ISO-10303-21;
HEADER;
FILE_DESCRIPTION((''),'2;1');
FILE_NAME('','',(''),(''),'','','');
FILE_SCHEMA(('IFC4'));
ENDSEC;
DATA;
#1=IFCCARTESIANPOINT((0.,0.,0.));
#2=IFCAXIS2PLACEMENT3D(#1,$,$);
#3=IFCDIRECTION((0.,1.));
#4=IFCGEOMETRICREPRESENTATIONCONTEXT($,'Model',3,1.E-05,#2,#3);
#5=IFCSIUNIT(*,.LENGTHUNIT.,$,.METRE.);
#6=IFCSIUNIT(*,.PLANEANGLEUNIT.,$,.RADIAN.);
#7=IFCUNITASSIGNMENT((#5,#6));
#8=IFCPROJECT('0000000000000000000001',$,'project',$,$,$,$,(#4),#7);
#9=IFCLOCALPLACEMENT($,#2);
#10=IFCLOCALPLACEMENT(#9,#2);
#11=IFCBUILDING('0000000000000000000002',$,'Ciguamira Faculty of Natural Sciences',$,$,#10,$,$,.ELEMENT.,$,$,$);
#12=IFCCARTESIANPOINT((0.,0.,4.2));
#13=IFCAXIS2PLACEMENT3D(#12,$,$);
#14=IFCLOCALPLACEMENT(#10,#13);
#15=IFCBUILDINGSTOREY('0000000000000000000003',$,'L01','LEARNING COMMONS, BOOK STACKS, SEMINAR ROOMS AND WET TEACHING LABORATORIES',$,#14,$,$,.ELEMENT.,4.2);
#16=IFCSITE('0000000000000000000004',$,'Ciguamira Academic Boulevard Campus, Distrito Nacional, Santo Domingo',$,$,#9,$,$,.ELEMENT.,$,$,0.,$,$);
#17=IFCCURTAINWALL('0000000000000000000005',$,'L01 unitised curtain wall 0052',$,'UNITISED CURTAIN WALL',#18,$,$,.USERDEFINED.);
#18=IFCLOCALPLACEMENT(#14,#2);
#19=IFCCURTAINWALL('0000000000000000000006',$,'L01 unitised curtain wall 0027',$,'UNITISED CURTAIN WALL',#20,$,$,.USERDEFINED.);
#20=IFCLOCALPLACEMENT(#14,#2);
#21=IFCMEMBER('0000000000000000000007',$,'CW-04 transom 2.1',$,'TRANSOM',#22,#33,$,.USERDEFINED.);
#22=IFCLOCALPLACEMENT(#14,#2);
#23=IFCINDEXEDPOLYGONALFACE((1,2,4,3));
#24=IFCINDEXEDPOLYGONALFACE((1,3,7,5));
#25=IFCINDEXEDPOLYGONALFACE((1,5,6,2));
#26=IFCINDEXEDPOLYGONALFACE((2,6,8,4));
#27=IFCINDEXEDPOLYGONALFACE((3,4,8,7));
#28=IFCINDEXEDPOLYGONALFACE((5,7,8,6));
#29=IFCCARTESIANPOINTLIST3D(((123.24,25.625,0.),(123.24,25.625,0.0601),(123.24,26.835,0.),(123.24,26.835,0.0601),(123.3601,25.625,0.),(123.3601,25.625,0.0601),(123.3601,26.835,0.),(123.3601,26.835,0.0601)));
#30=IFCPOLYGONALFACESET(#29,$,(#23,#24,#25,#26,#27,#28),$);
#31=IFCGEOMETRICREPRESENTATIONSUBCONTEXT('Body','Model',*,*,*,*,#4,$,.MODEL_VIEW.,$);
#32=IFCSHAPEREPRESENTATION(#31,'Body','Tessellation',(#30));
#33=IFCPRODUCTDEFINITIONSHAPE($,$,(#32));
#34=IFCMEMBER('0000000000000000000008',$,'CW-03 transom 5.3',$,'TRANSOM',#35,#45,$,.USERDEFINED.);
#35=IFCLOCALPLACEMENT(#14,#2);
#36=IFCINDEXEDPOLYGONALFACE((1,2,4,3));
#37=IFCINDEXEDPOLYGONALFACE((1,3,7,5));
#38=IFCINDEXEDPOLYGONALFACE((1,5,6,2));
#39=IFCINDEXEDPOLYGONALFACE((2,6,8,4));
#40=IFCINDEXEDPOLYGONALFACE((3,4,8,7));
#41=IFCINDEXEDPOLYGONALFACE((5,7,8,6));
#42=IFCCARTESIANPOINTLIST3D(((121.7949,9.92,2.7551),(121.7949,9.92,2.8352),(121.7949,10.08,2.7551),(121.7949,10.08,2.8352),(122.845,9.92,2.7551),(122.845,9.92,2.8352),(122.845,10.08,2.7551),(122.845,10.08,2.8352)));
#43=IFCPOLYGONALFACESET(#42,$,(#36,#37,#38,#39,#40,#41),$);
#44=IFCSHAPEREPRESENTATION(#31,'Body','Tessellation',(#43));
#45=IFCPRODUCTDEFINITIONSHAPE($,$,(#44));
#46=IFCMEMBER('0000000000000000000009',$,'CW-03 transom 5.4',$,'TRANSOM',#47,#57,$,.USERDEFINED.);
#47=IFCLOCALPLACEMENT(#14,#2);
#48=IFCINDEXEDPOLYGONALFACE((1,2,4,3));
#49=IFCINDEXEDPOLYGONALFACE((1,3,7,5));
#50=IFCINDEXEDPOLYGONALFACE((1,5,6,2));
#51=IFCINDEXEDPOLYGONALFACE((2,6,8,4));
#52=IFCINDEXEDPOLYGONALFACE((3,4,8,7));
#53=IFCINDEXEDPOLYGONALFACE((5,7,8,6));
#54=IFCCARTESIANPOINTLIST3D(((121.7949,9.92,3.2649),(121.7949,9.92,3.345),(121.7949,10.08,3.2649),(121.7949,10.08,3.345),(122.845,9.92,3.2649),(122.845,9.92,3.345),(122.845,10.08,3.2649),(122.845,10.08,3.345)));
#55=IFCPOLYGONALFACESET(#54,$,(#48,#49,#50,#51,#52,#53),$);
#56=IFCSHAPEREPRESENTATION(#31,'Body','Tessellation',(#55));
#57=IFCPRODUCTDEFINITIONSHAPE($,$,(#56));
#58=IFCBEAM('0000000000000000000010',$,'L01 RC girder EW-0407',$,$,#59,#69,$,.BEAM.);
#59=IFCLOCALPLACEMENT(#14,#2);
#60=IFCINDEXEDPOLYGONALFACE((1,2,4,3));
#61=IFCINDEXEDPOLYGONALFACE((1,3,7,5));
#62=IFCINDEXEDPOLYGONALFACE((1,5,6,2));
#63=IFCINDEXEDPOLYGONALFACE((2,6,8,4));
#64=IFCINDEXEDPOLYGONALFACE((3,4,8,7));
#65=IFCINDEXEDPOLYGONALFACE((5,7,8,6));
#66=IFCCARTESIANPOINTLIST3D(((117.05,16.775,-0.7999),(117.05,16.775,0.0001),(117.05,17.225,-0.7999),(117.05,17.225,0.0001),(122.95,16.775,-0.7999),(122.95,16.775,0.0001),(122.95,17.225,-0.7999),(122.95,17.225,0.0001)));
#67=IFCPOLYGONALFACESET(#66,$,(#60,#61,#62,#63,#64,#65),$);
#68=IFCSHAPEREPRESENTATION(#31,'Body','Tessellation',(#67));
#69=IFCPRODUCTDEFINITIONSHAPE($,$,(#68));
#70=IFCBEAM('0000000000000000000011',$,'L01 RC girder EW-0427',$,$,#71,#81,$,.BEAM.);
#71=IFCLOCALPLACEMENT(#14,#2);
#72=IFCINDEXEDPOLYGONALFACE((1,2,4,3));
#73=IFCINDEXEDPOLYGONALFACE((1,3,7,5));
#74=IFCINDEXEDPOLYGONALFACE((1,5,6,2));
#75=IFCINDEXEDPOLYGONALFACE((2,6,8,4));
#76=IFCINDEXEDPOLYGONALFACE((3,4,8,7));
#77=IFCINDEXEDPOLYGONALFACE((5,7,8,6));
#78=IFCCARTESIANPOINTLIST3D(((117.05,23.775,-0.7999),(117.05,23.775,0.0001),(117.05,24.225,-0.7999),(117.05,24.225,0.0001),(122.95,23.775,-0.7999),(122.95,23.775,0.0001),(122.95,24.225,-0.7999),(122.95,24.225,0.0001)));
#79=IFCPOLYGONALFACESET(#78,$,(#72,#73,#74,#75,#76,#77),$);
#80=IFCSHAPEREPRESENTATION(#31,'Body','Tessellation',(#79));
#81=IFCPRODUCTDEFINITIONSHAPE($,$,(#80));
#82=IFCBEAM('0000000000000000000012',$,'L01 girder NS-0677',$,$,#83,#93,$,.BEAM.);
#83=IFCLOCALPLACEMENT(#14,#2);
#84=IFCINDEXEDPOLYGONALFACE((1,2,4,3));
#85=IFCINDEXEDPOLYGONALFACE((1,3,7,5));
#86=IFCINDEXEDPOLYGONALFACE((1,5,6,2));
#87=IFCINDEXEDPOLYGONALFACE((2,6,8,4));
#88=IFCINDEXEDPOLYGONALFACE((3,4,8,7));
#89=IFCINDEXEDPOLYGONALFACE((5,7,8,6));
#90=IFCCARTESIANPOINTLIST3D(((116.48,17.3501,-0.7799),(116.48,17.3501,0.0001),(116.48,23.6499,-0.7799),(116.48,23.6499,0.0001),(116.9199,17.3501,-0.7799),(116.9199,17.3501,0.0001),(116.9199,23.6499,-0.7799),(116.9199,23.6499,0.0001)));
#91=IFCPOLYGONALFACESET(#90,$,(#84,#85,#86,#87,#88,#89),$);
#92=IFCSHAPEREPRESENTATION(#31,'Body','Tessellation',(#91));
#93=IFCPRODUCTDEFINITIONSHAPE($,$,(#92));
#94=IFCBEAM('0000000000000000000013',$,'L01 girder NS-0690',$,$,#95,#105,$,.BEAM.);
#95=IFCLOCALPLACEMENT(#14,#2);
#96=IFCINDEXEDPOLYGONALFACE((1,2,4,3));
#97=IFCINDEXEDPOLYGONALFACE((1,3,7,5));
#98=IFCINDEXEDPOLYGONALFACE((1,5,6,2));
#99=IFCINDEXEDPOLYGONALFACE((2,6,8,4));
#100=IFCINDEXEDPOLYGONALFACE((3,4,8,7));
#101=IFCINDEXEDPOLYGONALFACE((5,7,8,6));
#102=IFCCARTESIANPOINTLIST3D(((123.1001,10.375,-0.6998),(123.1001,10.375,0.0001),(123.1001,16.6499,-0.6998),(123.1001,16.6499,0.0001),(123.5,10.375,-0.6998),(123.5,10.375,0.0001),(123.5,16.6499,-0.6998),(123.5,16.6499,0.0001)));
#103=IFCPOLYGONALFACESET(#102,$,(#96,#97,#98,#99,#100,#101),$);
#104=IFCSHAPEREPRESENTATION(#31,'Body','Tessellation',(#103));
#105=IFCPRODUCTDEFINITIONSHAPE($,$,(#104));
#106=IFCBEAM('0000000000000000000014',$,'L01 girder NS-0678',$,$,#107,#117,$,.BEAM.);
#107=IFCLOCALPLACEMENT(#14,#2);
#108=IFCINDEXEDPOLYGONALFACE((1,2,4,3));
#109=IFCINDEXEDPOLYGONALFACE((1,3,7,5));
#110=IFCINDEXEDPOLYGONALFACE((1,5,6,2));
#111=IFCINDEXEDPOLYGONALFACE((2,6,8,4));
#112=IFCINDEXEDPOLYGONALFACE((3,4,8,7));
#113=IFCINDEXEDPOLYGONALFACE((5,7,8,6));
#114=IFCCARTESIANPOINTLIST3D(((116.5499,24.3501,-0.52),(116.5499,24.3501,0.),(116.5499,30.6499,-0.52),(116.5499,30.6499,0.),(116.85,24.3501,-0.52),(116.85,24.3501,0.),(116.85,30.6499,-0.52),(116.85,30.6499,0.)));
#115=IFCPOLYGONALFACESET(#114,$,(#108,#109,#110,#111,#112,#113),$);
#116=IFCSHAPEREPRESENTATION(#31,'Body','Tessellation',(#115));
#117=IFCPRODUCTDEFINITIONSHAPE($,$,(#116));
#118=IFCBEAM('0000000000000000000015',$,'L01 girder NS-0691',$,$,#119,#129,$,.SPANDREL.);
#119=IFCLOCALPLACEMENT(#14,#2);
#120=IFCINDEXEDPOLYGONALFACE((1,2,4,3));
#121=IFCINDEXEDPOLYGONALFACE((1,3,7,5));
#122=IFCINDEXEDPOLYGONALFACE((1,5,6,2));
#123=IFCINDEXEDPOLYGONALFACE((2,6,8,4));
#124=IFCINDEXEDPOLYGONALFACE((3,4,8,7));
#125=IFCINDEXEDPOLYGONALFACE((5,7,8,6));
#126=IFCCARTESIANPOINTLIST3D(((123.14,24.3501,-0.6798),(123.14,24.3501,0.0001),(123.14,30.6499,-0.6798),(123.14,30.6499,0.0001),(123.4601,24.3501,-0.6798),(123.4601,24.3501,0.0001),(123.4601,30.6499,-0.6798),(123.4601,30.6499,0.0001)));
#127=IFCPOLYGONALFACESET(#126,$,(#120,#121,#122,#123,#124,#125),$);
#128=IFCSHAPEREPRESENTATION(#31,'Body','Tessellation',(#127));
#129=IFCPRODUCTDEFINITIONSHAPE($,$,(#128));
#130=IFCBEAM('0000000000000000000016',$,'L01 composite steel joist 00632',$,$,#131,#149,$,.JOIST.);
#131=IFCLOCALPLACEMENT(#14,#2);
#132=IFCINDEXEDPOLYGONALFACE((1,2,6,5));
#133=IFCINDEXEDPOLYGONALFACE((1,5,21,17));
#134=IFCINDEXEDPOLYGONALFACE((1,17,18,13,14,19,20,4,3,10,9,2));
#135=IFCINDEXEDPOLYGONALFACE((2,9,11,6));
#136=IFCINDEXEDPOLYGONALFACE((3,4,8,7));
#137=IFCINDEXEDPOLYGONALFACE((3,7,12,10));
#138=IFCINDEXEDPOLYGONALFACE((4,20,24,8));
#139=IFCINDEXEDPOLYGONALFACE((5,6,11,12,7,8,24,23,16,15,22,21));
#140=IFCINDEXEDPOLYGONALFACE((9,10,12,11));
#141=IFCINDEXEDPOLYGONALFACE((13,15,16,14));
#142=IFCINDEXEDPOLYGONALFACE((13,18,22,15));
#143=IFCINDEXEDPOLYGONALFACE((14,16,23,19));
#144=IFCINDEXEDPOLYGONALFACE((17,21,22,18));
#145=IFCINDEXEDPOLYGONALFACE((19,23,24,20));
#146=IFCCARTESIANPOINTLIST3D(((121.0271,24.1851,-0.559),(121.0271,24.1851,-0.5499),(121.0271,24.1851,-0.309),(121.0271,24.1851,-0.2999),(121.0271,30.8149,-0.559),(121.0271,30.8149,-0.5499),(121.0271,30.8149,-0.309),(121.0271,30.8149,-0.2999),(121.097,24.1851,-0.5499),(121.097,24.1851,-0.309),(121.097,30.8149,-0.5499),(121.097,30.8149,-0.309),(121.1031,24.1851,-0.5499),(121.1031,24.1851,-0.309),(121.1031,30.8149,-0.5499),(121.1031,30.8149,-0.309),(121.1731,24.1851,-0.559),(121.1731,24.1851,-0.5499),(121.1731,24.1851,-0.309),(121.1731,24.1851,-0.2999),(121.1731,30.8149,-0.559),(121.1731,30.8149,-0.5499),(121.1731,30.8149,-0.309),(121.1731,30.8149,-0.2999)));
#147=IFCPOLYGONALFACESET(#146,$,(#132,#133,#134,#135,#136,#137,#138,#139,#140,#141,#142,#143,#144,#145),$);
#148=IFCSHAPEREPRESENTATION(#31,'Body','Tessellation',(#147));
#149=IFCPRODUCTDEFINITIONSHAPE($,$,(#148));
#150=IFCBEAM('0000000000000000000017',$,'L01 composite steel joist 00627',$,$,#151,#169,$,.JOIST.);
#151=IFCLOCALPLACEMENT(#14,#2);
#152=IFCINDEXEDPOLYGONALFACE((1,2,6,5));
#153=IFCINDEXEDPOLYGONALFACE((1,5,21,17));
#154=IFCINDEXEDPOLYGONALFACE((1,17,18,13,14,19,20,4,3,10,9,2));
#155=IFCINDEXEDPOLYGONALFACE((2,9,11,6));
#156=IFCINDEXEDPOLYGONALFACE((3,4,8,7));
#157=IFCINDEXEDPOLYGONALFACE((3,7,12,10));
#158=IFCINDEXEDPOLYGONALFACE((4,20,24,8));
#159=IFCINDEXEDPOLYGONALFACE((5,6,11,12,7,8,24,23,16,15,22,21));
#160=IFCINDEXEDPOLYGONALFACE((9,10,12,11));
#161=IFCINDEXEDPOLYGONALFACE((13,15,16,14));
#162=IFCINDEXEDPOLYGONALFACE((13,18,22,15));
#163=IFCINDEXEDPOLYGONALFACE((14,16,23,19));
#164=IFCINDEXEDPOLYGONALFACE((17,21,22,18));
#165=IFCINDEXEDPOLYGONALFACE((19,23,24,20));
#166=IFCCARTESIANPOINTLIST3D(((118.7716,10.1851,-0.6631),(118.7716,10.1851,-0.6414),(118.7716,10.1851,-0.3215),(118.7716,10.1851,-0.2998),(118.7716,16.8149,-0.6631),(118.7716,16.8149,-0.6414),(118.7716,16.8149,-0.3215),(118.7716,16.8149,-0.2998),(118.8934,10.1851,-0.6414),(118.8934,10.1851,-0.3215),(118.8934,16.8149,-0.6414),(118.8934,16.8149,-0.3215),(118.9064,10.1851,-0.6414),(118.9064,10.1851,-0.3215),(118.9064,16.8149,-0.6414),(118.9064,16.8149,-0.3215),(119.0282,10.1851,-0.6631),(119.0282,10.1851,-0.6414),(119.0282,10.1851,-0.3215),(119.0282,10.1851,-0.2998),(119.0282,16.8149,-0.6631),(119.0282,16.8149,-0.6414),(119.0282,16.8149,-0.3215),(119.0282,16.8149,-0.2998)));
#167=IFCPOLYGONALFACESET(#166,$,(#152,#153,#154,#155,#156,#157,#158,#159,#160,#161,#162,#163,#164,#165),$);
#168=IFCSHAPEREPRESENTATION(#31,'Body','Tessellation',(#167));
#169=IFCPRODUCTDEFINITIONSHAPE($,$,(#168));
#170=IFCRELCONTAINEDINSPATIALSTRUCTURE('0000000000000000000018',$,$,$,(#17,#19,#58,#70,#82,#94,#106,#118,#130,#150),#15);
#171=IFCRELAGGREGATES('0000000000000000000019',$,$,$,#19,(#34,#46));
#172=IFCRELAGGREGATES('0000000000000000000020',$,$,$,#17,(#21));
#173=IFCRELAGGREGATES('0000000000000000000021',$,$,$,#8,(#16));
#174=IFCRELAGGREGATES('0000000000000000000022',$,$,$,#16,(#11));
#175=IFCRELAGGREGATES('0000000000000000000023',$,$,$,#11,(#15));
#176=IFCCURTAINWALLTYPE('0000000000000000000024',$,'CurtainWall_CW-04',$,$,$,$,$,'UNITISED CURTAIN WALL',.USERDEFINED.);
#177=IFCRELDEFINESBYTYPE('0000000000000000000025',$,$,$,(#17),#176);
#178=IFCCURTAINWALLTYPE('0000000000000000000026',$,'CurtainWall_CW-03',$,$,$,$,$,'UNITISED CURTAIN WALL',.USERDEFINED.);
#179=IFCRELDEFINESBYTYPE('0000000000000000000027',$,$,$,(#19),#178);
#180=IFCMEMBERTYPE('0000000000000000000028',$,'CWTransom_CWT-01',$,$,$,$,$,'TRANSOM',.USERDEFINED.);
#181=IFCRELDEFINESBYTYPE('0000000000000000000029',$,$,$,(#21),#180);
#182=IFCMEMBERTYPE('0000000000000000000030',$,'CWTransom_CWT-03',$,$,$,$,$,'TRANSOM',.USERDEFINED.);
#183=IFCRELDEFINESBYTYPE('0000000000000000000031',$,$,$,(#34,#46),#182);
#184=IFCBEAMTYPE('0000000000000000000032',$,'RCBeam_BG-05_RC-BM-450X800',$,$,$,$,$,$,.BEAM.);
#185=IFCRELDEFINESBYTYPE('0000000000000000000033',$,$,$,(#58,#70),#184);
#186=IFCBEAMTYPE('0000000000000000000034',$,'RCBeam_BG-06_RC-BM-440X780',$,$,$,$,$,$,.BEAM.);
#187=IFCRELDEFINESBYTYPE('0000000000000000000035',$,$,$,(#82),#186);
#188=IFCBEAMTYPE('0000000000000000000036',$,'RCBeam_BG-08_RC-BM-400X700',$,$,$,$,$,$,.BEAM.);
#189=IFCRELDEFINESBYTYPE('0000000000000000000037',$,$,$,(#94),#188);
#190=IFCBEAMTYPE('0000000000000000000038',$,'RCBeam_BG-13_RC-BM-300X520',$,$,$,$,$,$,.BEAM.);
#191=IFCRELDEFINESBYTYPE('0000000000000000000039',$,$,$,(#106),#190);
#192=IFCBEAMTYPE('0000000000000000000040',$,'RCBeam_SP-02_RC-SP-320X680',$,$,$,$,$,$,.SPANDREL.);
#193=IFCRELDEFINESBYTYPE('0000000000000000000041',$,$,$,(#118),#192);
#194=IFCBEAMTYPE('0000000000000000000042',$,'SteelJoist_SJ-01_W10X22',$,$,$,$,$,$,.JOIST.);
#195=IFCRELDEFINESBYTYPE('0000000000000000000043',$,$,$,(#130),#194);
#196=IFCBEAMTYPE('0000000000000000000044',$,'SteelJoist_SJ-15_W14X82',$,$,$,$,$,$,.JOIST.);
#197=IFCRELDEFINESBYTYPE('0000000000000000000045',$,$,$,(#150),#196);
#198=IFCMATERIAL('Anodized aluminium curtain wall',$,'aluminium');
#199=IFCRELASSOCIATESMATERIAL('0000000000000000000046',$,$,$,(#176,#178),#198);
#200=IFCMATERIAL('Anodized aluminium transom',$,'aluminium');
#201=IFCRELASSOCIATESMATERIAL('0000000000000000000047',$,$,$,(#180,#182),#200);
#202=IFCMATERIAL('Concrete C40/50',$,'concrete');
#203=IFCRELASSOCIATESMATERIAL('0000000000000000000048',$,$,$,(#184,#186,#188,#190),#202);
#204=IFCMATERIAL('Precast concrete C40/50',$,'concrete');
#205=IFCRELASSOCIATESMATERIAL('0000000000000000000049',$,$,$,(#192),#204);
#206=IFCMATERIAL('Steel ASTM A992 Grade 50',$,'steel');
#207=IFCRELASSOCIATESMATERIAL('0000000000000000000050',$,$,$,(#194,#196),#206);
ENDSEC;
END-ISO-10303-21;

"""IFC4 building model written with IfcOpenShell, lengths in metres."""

from ifc_helpers import new_model, si_unit, direction, frame, origin, origin_2d, place, context, subcontext, project, spatial, rectangle, i_section, extrude, material, material_profile, profile_set, type_object, element, aggregate, save


model = new_model("IFC4")

# Units and contexts
model_context = context("Model", 3, precision=1e-05, world=origin(), true_north=direction((0.0, 1.0)))
body_context = subcontext(model_context, "Body", "Model", "MODEL_VIEW")
ifc_project = project(units=[si_unit("LENGTHUNIT", "METRE"), si_unit("PLANEANGLEUNIT", "RADIAN")], contexts=[model_context])

# Site, building, storey
site_placement = place(None, origin())
site = spatial("IfcSite", under=ifc_project, at=site_placement, Name="Ciguamira Academic Boulevard Campus, Distrito Nacional, Santo Domingo", CompositionType="ELEMENT", RefElevation=0.0)
building_placement = place(site_placement, origin())
building = spatial("IfcBuilding", under=site, at=building_placement, Name="Ciguamira Faculty of Natural Sciences", CompositionType="ELEMENT")
storey_placement = place(building_placement, frame((0.0, 0.0, 4.2)))
storey = spatial("IfcBuildingStorey", under=building, at=storey_placement, Name="L01", Description="LEARNING COMMONS, BOOK STACKS, SEMINAR ROOMS AND WET TEACHING LABORATORIES", CompositionType="ELEMENT", Elevation=4.2)

# Shared definitions
ifc_material_1 = material(Name="Concrete C40/50", Category="concrete")

# Curtain wall
ifc_material_2 = material(Name="Anodized aluminium curtain wall", Category="aluminium")
curtain_wall_type_1 = type_object("IfcCurtainWallType", Name="CurtainWall_CW-04", ElementType="UNITISED CURTAIN WALL", PredefinedType="USERDEFINED", material=ifc_material_2)
curtain_wall_1_placement = place(storey_placement, origin())
curtain_wall_1 = element("IfcCurtainWall", 1, at=curtain_wall_1_placement, inside=storey, type_object=curtain_wall_type_1, Name="L01 unitised curtain wall 0052", ObjectType="UNITISED CURTAIN WALL", PredefinedType="USERDEFINED")

# Curtain wall
curtain_wall_type_2 = type_object("IfcCurtainWallType", Name="CurtainWall_CW-03", ElementType="UNITISED CURTAIN WALL", PredefinedType="USERDEFINED", material=ifc_material_2)
curtain_wall_2_placement = place(storey_placement, origin())
curtain_wall_2 = element("IfcCurtainWall", 2, at=curtain_wall_2_placement, inside=storey, type_object=curtain_wall_type_2, Name="L01 unitised curtain wall 0027", ObjectType="UNITISED CURTAIN WALL", PredefinedType="USERDEFINED")

# Members
ifc_material_3 = material(Name="Anodized aluminium transom", Category="aluminium")
ifc_material_profile_1 = material_profile(ifc_material_3, rectangle(XDim=0.0601, YDim=0.1201, at=origin_2d()), Name="ALU-TRN-60X120")
ifc_profile_set_1 = profile_set([ifc_material_profile_1], Name="Anodized aluminium transom")
member_type_1 = type_object("IfcMemberType", Name="CWTransom_CWT-01", ElementType="TRANSOM", PredefinedType="USERDEFINED", material=ifc_profile_set_1)
member_1_placement = place(storey_placement, frame((123.3, 25.625, 0.03), z_axis=(0.0, 1.0, 0.0), x_axis=(0.0, 0.0, 1.0)))
member_1 = element("IfcMember", 3, at=member_1_placement, type_object=member_type_1, Name="CW-04 transom 2.1", ObjectType="TRANSOM", PredefinedType="USERDEFINED", context=body_context, shape_type="SweptSolid", body=[
    extrude(rectangle(XDim=0.0601, YDim=0.1201, at=origin_2d()), origin(), (0.0, 0.0, 1.0), 1.21),
])
ifc_material_profile_2 = material_profile(ifc_material_3, rectangle(XDim=0.0801, YDim=0.1599, at=origin_2d()), Name="ALU-TRN-80X160")
ifc_profile_set_2 = profile_set([ifc_material_profile_2], Name="Anodized aluminium transom")
member_type_2 = type_object("IfcMemberType", Name="CWTransom_CWT-03", ElementType="TRANSOM", PredefinedType="USERDEFINED", material=ifc_profile_set_2)
member_2_placement = place(storey_placement, frame((121.7949, 10.0, 2.7952), z_axis=(1.0, 0.0, 0.0), x_axis=(0.0, 0.0, 1.0)))
member_2 = element("IfcMember", 4, at=member_2_placement, type_object=member_type_2, Name="CW-03 transom 5.3", ObjectType="TRANSOM", PredefinedType="USERDEFINED", context=body_context, shape_type="SweptSolid", body=[
    extrude(rectangle(XDim=0.0801, YDim=0.1599, at=origin_2d()), origin(), (0.0, 0.0, 1.0), 1.05),
])
member_3_placement = place(storey_placement, frame((121.7949, 10.0, 3.3049), z_axis=(1.0, 0.0, 0.0), x_axis=(0.0, 0.0, 1.0)))
member_3 = element("IfcMember", 5, at=member_3_placement, type_object=member_type_2, Name="CW-03 transom 5.4", ObjectType="TRANSOM", PredefinedType="USERDEFINED", context=body_context, shape_type="SweptSolid", body=[
    extrude(rectangle(XDim=0.0801, YDim=0.1599, at=origin_2d()), origin(), (0.0, 0.0, 1.0), 1.05),
])

# Beams
ifc_material_profile_3 = material_profile(ifc_material_1, rectangle(XDim=0.45, YDim=0.8, at=origin_2d()), Name="RC-BM-450X800")
ifc_profile_set_3 = profile_set([ifc_material_profile_3], Name="Concrete C40/50")
beam_type_1 = type_object("IfcBeamType", Name="RCBeam_BG-05_RC-BM-450X800", PredefinedType="BEAM", material=ifc_profile_set_3)
for number, where, z_axis, x_axis, name in (
    (6, (117.05, 17.0, -0.3999), (1.0, 0.0, 0.0), (0.0, 1.0, 0.0), "L01 RC girder EW-0407"),
    (7, (117.05, 24.0, -0.3999), (1.0, 0.0, 0.0), (0.0, 1.0, 0.0), "L01 RC girder EW-0427"),
):
    element("IfcBeam", number, at=place(storey_placement, frame(where, z_axis=z_axis, x_axis=x_axis)), inside=storey, type_object=beam_type_1, Name=name, PredefinedType="BEAM", context=body_context, shape_type="SweptSolid", body=[
        extrude(rectangle(XDim=0.45, YDim=0.8, at=origin_2d()), origin(), (0.0, 0.0, 1.0), 5.8999),
    ])
ifc_material_profile_4 = material_profile(ifc_material_1, rectangle(XDim=0.4399, YDim=0.78, at=origin_2d()), Name="RC-BM-440X780")
ifc_profile_set_4 = profile_set([ifc_material_profile_4], Name="Concrete C40/50")
beam_type_2 = type_object("IfcBeamType", Name="RCBeam_BG-06_RC-BM-440X780", PredefinedType="BEAM", material=ifc_profile_set_4)
beam_1_placement = place(storey_placement, frame((116.7, 17.3501, -0.3899), z_axis=(0.0, 1.0, 0.0), x_axis=(-1.0, 0.0, 0.0)))
element("IfcBeam", 8, at=beam_1_placement, inside=storey, type_object=beam_type_2, Name="L01 girder NS-0677", PredefinedType="BEAM", context=body_context, shape_type="SweptSolid", body=[
    extrude(rectangle(XDim=0.4399, YDim=0.78, at=origin_2d()), origin(), (0.0, 0.0, 1.0), 6.2998),
])
ifc_material_profile_5 = material_profile(ifc_material_1, rectangle(XDim=0.3999, YDim=0.7, at=origin_2d()), Name="RC-BM-400X700")
ifc_profile_set_5 = profile_set([ifc_material_profile_5], Name="Concrete C40/50")
beam_type_3 = type_object("IfcBeamType", Name="RCBeam_BG-08_RC-BM-400X700", PredefinedType="BEAM", material=ifc_profile_set_5)
beam_2_placement = place(storey_placement, frame((123.3, 10.375, -0.3499), z_axis=(0.0, 1.0, 0.0), x_axis=(-1.0, 0.0, 0.0)))
element("IfcBeam", 9, at=beam_2_placement, inside=storey, type_object=beam_type_3, Name="L01 girder NS-0690", PredefinedType="BEAM", context=body_context, shape_type="SweptSolid", body=[
    extrude(rectangle(XDim=0.3999, YDim=0.7, at=origin_2d()), origin(), (0.0, 0.0, 1.0), 6.2749),
])
ifc_material_profile_6 = material_profile(ifc_material_1, rectangle(XDim=0.3, YDim=0.52, at=origin_2d()), Name="RC-BM-300X520")
ifc_profile_set_6 = profile_set([ifc_material_profile_6], Name="Concrete C40/50")
beam_type_4 = type_object("IfcBeamType", Name="RCBeam_BG-13_RC-BM-300X520", PredefinedType="BEAM", material=ifc_profile_set_6)
beam_3_placement = place(storey_placement, frame((116.7, 24.3501, -0.26), z_axis=(0.0, 1.0, 0.0), x_axis=(-1.0, 0.0, 0.0)))
element("IfcBeam", 10, at=beam_3_placement, inside=storey, type_object=beam_type_4, Name="L01 girder NS-0678", PredefinedType="BEAM", context=body_context, shape_type="SweptSolid", body=[
    extrude(rectangle(XDim=0.3, YDim=0.52, at=origin_2d()), origin(), (0.0, 0.0, 1.0), 6.2998),
])
ifc_material_4 = material(Name="Precast concrete C40/50", Category="concrete")
ifc_material_profile_7 = material_profile(ifc_material_4, rectangle(XDim=0.3201, YDim=0.6799, at=origin_2d()), Name="RC-SP-320X680")
ifc_profile_set_7 = profile_set([ifc_material_profile_7], Name="Precast concrete C40/50")
beam_type_5 = type_object("IfcBeamType", Name="RCBeam_SP-02_RC-SP-320X680", PredefinedType="SPANDREL", material=ifc_profile_set_7)
beam_4_placement = place(storey_placement, frame((123.3, 24.3501, -0.3398), z_axis=(0.0, 1.0, 0.0), x_axis=(-1.0, 0.0, 0.0)))
element("IfcBeam", 11, at=beam_4_placement, inside=storey, type_object=beam_type_5, Name="L01 girder NS-0691", PredefinedType="SPANDREL", context=body_context, shape_type="SweptSolid", body=[
    extrude(rectangle(XDim=0.3201, YDim=0.6799, at=origin_2d()), origin(), (0.0, 0.0, 1.0), 6.2998),
])
ifc_material_5 = material(Name="Steel ASTM A992 Grade 50", Category="steel")
ifc_material_profile_8 = material_profile(ifc_material_5, i_section(OverallWidth=0.146, OverallDepth=0.259, WebThickness=0.0061, FlangeThickness=0.009, at=origin_2d()), Name="W10X22")
ifc_profile_set_8 = profile_set([ifc_material_profile_8], Name="Steel ASTM A992 Grade 50")
beam_type_6 = type_object("IfcBeamType", Name="SteelJoist_SJ-01_W10X22", PredefinedType="JOIST", material=ifc_profile_set_8)
beam_5_placement = place(storey_placement, frame((121.1001, 24.1851, -0.4294), z_axis=(0.0, 1.0, 0.0), x_axis=(-1.0, 0.0, 0.0)))
element("IfcBeam", 12, at=beam_5_placement, inside=storey, type_object=beam_type_6, Name="L01 composite steel joist 00632", PredefinedType="JOIST", context=body_context, shape_type="SweptSolid", body=[
    extrude(i_section(OverallWidth=0.146, OverallDepth=0.259, WebThickness=0.0061, FlangeThickness=0.009, at=origin_2d()), origin(), (0.0, 0.0, 1.0), 6.6299),
])
ifc_material_profile_9 = material_profile(ifc_material_5, i_section(OverallWidth=0.2566, OverallDepth=0.3633, WebThickness=0.0129, FlangeThickness=0.0217, at=origin_2d()), Name="W14X82")
ifc_profile_set_9 = profile_set([ifc_material_profile_9], Name="Steel ASTM A992 Grade 50")
beam_type_7 = type_object("IfcBeamType", Name="SteelJoist_SJ-15_W14X82", PredefinedType="JOIST", material=ifc_profile_set_9)
beam_6_placement = place(storey_placement, frame((118.8999, 10.1851, -0.4814), z_axis=(0.0, 1.0, 0.0), x_axis=(-1.0, 0.0, 0.0)))
element("IfcBeam", 13, at=beam_6_placement, inside=storey, type_object=beam_type_7, Name="L01 composite steel joist 00627", PredefinedType="JOIST", context=body_context, shape_type="SweptSolid", body=[
    extrude(i_section(OverallWidth=0.2566, OverallDepth=0.3633, WebThickness=0.0129, FlangeThickness=0.0217, at=origin_2d()), origin(), (0.0, 0.0, 1.0), 6.6299),
])

aggregate(curtain_wall_2, [member_2, member_3])
aggregate(curtain_wall_1, [member_1])

save(model, "model.ifc")
